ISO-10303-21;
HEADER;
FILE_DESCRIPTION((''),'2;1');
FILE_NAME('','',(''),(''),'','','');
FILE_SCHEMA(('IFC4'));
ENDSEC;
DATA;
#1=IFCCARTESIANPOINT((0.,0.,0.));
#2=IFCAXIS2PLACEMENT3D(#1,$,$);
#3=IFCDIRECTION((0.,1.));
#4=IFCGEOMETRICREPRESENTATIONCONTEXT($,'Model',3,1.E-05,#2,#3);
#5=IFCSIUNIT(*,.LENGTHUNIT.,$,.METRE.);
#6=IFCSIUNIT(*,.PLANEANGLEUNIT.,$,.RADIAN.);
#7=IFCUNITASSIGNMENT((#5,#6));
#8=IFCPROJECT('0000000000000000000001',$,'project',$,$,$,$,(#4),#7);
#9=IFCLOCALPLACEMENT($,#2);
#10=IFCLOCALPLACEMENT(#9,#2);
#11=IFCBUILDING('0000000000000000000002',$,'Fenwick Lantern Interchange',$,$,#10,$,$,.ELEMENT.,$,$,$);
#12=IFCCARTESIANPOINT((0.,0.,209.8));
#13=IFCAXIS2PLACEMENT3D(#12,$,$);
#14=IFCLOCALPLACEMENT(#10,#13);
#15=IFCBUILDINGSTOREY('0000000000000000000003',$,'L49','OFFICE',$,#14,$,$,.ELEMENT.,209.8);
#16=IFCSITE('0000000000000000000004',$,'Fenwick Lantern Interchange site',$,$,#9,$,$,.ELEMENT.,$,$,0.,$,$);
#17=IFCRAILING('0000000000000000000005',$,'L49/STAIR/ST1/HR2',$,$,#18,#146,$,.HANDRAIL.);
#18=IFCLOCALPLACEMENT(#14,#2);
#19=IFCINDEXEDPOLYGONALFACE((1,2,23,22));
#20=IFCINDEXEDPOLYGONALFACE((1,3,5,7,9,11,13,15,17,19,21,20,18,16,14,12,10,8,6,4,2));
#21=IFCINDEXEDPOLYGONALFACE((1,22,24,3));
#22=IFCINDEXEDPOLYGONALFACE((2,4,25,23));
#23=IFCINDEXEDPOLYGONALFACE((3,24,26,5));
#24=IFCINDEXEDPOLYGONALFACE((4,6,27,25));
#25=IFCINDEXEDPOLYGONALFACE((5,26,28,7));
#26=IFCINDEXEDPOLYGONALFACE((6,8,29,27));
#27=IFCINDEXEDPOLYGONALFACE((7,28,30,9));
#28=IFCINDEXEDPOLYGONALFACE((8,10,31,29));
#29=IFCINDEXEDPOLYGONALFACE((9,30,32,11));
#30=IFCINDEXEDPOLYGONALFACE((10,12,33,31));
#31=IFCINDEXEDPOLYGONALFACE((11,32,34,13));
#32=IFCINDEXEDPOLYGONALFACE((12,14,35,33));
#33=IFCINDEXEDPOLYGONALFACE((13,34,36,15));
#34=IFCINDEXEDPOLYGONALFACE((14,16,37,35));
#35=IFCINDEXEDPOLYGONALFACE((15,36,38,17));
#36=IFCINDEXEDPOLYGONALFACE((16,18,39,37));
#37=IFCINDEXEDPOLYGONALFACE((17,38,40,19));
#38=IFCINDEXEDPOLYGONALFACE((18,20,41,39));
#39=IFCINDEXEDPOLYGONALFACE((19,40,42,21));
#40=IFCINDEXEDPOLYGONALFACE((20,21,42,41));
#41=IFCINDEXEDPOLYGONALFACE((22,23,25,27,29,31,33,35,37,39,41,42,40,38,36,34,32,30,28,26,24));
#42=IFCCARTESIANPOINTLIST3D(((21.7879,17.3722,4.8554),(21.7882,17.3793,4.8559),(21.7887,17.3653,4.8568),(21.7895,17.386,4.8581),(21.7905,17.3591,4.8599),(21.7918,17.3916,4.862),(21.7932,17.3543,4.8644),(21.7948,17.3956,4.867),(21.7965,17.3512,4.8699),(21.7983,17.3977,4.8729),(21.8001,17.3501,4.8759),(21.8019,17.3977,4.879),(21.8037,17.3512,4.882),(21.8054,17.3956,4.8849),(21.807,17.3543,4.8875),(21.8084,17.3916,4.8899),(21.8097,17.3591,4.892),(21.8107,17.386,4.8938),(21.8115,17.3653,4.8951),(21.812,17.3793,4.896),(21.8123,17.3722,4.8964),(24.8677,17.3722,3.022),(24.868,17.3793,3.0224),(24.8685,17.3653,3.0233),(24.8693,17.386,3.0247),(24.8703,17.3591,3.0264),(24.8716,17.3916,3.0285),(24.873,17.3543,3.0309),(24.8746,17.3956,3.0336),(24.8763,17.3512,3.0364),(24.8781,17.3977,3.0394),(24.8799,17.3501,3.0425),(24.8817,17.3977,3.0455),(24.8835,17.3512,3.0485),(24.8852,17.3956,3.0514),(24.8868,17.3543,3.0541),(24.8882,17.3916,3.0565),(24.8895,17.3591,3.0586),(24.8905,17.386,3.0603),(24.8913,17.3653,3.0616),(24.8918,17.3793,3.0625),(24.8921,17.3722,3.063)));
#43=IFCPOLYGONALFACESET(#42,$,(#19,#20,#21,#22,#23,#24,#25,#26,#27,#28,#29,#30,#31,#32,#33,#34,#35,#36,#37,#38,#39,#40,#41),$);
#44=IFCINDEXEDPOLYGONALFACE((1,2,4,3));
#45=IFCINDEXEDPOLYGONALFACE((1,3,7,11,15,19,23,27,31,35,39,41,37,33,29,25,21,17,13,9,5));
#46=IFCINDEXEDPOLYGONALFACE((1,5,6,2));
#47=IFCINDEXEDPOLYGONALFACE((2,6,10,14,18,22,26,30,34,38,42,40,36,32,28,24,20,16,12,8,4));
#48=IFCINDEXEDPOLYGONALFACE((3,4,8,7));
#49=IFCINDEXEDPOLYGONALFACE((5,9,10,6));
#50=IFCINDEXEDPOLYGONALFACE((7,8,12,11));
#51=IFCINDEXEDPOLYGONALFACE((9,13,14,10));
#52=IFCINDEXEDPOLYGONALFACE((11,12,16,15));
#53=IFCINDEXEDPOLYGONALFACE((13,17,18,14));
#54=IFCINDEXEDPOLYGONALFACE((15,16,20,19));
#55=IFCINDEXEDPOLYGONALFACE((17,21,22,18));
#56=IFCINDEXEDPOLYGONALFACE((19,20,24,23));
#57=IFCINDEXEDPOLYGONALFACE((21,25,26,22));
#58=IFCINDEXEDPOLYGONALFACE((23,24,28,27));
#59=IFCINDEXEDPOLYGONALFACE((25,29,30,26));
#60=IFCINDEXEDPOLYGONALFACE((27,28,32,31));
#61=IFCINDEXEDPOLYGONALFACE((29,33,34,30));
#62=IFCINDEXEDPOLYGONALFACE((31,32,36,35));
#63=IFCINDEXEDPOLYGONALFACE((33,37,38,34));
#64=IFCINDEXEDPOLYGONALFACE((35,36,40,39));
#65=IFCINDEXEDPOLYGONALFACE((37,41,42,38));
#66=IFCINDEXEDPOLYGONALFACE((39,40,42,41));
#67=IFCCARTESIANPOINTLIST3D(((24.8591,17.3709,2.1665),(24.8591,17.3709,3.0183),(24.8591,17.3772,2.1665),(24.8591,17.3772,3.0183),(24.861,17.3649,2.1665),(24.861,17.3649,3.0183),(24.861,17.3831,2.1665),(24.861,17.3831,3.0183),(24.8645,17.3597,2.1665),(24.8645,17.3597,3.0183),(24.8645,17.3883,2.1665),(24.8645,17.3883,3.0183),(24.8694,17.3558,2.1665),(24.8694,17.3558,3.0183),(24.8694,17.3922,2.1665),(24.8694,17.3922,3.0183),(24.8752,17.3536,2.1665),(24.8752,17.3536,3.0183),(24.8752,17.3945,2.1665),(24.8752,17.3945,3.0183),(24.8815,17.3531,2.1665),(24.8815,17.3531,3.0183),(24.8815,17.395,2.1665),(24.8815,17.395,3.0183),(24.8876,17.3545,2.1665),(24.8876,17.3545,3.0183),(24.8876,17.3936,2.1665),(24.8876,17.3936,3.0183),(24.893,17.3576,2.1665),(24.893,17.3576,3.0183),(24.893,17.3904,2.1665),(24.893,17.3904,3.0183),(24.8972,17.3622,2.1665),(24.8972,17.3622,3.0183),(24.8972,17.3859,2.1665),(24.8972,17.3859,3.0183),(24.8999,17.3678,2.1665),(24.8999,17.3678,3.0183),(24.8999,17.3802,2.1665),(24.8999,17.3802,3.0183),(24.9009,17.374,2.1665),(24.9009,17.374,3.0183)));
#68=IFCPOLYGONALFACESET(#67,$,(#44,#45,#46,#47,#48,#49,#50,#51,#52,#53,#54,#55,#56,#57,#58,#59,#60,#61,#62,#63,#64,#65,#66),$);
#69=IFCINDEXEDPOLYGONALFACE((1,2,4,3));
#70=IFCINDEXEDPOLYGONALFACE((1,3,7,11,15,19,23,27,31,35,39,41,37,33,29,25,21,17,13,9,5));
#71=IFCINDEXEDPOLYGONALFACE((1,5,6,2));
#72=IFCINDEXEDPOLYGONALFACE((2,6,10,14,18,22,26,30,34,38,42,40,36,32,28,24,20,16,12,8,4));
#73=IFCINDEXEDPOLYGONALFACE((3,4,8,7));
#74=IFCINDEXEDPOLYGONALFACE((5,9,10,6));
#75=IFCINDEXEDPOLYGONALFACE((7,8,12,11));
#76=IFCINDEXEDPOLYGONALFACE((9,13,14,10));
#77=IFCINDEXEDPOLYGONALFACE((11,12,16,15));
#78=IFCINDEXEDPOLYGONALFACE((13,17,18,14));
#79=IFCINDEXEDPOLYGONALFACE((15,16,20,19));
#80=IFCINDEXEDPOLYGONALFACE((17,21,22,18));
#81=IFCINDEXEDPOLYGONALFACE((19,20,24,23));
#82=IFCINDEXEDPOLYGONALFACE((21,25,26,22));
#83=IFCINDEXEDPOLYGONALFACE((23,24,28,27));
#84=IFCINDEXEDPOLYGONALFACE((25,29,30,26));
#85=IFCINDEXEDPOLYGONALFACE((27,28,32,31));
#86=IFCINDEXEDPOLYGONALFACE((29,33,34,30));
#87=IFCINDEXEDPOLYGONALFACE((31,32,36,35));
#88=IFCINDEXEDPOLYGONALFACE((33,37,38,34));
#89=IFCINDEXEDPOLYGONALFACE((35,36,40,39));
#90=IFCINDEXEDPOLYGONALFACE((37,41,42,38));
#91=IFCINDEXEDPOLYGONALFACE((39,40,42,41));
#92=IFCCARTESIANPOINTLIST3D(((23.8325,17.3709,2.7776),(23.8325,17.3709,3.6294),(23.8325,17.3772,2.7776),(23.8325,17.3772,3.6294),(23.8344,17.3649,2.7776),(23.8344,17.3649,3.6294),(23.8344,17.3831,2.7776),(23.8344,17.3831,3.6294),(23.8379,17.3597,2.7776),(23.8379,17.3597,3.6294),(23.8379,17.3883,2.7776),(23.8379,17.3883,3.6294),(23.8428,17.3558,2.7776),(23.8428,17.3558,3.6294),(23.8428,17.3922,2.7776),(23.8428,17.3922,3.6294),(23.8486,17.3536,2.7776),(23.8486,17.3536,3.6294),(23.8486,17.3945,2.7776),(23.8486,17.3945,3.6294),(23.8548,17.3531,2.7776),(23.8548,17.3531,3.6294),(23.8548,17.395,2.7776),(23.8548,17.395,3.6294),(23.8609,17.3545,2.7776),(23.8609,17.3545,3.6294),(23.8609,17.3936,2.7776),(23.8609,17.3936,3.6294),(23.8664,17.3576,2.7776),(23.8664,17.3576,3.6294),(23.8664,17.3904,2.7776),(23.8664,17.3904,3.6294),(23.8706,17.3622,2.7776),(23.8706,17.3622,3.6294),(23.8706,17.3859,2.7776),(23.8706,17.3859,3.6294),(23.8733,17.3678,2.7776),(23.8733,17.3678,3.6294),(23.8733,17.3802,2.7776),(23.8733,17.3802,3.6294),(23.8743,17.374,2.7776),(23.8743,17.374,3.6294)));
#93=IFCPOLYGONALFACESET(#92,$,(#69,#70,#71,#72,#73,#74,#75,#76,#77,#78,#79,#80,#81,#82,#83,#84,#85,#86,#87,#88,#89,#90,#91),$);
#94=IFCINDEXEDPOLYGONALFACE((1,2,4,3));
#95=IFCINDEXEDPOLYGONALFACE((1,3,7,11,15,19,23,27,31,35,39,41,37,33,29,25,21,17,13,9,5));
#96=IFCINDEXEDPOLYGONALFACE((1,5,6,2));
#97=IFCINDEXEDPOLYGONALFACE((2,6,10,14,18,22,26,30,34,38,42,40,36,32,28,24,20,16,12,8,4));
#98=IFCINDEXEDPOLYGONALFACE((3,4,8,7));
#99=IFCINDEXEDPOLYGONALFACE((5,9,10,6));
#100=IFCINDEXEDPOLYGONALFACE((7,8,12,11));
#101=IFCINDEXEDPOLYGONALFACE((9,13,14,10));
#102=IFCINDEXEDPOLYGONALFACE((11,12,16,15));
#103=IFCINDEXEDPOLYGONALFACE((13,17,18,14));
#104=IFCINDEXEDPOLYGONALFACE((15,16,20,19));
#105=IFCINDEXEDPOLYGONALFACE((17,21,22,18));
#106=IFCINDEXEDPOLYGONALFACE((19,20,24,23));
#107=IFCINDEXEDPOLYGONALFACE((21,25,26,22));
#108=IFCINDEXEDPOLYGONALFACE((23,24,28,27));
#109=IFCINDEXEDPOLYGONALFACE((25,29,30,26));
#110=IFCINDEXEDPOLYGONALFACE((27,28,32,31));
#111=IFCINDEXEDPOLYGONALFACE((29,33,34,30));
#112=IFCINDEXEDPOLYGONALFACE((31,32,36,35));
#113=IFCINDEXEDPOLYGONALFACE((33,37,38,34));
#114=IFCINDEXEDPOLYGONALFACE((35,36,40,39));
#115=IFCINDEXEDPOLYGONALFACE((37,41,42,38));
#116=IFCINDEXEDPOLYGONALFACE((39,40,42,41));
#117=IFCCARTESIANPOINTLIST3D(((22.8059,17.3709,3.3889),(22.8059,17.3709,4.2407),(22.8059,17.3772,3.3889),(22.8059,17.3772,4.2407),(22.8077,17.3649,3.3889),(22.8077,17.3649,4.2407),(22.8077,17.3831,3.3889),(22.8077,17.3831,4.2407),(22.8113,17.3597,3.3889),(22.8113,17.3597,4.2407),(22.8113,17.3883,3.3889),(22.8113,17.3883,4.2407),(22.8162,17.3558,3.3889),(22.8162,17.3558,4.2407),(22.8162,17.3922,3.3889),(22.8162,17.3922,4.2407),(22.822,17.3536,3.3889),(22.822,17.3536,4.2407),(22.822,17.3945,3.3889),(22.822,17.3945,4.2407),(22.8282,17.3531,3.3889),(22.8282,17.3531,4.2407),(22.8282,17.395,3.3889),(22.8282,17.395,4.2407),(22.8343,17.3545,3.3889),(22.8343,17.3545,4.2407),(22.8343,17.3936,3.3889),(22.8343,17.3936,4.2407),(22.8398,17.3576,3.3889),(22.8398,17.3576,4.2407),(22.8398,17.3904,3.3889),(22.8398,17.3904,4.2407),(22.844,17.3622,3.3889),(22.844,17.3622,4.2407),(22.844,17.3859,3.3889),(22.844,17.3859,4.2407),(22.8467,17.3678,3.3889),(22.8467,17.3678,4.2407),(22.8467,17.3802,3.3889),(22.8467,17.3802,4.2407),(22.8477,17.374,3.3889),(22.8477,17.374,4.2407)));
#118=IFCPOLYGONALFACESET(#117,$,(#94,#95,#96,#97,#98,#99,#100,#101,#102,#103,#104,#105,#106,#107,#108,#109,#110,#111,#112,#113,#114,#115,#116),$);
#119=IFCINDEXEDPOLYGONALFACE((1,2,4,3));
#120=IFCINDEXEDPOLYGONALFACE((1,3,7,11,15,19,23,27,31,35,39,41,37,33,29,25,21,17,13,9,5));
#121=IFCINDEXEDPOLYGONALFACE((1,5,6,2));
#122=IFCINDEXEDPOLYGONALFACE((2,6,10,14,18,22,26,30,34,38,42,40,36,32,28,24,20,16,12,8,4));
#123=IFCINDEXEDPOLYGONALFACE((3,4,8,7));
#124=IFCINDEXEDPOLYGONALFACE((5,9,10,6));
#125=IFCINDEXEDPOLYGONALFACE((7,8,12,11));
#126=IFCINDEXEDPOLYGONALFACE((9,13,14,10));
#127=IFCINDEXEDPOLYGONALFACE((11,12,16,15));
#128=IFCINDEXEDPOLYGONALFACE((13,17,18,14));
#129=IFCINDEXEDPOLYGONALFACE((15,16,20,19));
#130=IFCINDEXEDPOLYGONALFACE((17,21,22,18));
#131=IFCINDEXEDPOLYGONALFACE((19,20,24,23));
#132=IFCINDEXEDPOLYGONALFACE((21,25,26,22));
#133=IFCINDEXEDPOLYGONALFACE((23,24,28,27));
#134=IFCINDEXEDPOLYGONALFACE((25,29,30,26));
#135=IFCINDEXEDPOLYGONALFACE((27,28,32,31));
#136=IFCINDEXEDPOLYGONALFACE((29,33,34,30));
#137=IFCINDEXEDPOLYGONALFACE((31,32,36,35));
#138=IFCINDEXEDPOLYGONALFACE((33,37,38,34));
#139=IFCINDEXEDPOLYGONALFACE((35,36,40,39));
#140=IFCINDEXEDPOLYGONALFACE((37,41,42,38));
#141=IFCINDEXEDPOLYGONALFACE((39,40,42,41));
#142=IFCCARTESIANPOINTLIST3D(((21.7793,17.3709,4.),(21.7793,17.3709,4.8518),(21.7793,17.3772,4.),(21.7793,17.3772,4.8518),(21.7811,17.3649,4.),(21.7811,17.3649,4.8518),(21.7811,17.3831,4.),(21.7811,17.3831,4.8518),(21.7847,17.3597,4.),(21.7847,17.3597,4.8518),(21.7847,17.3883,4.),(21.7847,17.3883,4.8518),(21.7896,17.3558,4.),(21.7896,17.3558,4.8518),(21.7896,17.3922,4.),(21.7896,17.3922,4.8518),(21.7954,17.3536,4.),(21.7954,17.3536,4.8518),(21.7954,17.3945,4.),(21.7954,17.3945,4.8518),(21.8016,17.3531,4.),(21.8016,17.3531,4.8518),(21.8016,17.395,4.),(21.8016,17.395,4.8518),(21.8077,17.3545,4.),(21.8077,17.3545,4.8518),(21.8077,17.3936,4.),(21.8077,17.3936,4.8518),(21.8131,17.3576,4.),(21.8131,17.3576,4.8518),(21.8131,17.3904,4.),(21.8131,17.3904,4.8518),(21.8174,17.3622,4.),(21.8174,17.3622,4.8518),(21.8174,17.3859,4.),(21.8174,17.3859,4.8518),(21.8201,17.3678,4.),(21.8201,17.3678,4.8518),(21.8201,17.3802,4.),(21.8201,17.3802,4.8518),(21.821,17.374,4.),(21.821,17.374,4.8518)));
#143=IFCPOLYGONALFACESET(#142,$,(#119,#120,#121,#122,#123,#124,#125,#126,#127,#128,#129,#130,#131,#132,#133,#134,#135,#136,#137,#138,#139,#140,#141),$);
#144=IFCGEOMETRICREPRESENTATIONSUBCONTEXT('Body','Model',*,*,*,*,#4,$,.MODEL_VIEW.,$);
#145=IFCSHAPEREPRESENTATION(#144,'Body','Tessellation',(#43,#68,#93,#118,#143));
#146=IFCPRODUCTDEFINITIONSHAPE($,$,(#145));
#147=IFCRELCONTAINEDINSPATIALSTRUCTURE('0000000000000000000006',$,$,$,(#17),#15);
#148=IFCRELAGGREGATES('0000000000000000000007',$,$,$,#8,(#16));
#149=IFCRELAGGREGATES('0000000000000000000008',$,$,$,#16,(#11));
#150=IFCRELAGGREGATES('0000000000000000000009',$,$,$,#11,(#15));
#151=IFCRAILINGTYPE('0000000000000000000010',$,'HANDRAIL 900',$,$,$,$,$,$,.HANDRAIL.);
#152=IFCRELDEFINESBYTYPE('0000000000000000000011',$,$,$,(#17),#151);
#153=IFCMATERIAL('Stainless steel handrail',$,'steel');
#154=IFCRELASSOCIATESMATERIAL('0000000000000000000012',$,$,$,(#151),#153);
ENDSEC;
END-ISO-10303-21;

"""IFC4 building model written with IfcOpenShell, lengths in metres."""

from ifc_helpers import new_model, si_unit, direction, frame, origin, origin_2d, place, context, subcontext, project, spatial, circle, extrude, material, type_object, element, save


model = new_model("IFC4")

# Units and contexts
model_context = context("Model", 3, precision=1e-05, world=origin(), true_north=direction((0.0, 1.0)))
body_context = subcontext(model_context, "Body", "Model", "MODEL_VIEW")
ifc_project = project(units=[si_unit("LENGTHUNIT", "METRE"), si_unit("PLANEANGLEUNIT", "RADIAN")], contexts=[model_context])

# Site, building, storey
site_placement = place(None, origin())
site = spatial("IfcSite", under=ifc_project, at=site_placement, Name="Fenwick Lantern Interchange site", CompositionType="ELEMENT", RefElevation=0.0)
building_placement = place(site_placement, origin())
building = spatial("IfcBuilding", under=site, at=building_placement, Name="Fenwick Lantern Interchange", CompositionType="ELEMENT")
storey_placement = place(building_placement, frame((0.0, 0.0, 209.8)))
storey = spatial("IfcBuildingStorey", under=building, at=storey_placement, Name="L49", Description="OFFICE", CompositionType="ELEMENT", Elevation=209.8)

# Railing
ifc_material_1 = material(Name="Stainless steel handrail", Category="steel")
railing_type = type_object("IfcRailingType", Name="HANDRAIL 900", PredefinedType="HANDRAIL", material=ifc_material_1)
railing_1_placement = place(storey_placement, frame((24.8799, 17.374, 2.1665)))
element("IfcRailing", 1, at=railing_1_placement, inside=storey, type_object=railing_type, Name="L49/STAIR/ST1/HR2", PredefinedType="HANDRAIL", context=body_context, shape_type="SweptSolid", body=[
    extrude(circle(Radius=0.0239, at=origin_2d()), frame((0.0, 0.0, 0.876), z_axis=(-0.859261, 0.0, 0.511538), x_axis=(0.0, -1.0, 0.0)), (0.0, 0.0, 1.0), 3.5842),
    extrude(circle(Radius=0.021, at=origin_2d()), origin(), (0.0, 0.0, 1.0), 0.8518),
    extrude(circle(Radius=0.021, at=origin_2d()), frame((-1.0266, 0.0, 0.6111)), (0.0, 0.0, 1.0), 0.8518),
    extrude(circle(Radius=0.021, at=origin_2d()), frame((-2.0532, 0.0, 1.2224)), (0.0, 0.0, 1.0), 0.8518),
    extrude(circle(Radius=0.021, at=origin_2d()), frame((-3.0798, 0.0, 1.8335)), (0.0, 0.0, 1.0), 0.8518),
])

save(model, "model.ifc")
